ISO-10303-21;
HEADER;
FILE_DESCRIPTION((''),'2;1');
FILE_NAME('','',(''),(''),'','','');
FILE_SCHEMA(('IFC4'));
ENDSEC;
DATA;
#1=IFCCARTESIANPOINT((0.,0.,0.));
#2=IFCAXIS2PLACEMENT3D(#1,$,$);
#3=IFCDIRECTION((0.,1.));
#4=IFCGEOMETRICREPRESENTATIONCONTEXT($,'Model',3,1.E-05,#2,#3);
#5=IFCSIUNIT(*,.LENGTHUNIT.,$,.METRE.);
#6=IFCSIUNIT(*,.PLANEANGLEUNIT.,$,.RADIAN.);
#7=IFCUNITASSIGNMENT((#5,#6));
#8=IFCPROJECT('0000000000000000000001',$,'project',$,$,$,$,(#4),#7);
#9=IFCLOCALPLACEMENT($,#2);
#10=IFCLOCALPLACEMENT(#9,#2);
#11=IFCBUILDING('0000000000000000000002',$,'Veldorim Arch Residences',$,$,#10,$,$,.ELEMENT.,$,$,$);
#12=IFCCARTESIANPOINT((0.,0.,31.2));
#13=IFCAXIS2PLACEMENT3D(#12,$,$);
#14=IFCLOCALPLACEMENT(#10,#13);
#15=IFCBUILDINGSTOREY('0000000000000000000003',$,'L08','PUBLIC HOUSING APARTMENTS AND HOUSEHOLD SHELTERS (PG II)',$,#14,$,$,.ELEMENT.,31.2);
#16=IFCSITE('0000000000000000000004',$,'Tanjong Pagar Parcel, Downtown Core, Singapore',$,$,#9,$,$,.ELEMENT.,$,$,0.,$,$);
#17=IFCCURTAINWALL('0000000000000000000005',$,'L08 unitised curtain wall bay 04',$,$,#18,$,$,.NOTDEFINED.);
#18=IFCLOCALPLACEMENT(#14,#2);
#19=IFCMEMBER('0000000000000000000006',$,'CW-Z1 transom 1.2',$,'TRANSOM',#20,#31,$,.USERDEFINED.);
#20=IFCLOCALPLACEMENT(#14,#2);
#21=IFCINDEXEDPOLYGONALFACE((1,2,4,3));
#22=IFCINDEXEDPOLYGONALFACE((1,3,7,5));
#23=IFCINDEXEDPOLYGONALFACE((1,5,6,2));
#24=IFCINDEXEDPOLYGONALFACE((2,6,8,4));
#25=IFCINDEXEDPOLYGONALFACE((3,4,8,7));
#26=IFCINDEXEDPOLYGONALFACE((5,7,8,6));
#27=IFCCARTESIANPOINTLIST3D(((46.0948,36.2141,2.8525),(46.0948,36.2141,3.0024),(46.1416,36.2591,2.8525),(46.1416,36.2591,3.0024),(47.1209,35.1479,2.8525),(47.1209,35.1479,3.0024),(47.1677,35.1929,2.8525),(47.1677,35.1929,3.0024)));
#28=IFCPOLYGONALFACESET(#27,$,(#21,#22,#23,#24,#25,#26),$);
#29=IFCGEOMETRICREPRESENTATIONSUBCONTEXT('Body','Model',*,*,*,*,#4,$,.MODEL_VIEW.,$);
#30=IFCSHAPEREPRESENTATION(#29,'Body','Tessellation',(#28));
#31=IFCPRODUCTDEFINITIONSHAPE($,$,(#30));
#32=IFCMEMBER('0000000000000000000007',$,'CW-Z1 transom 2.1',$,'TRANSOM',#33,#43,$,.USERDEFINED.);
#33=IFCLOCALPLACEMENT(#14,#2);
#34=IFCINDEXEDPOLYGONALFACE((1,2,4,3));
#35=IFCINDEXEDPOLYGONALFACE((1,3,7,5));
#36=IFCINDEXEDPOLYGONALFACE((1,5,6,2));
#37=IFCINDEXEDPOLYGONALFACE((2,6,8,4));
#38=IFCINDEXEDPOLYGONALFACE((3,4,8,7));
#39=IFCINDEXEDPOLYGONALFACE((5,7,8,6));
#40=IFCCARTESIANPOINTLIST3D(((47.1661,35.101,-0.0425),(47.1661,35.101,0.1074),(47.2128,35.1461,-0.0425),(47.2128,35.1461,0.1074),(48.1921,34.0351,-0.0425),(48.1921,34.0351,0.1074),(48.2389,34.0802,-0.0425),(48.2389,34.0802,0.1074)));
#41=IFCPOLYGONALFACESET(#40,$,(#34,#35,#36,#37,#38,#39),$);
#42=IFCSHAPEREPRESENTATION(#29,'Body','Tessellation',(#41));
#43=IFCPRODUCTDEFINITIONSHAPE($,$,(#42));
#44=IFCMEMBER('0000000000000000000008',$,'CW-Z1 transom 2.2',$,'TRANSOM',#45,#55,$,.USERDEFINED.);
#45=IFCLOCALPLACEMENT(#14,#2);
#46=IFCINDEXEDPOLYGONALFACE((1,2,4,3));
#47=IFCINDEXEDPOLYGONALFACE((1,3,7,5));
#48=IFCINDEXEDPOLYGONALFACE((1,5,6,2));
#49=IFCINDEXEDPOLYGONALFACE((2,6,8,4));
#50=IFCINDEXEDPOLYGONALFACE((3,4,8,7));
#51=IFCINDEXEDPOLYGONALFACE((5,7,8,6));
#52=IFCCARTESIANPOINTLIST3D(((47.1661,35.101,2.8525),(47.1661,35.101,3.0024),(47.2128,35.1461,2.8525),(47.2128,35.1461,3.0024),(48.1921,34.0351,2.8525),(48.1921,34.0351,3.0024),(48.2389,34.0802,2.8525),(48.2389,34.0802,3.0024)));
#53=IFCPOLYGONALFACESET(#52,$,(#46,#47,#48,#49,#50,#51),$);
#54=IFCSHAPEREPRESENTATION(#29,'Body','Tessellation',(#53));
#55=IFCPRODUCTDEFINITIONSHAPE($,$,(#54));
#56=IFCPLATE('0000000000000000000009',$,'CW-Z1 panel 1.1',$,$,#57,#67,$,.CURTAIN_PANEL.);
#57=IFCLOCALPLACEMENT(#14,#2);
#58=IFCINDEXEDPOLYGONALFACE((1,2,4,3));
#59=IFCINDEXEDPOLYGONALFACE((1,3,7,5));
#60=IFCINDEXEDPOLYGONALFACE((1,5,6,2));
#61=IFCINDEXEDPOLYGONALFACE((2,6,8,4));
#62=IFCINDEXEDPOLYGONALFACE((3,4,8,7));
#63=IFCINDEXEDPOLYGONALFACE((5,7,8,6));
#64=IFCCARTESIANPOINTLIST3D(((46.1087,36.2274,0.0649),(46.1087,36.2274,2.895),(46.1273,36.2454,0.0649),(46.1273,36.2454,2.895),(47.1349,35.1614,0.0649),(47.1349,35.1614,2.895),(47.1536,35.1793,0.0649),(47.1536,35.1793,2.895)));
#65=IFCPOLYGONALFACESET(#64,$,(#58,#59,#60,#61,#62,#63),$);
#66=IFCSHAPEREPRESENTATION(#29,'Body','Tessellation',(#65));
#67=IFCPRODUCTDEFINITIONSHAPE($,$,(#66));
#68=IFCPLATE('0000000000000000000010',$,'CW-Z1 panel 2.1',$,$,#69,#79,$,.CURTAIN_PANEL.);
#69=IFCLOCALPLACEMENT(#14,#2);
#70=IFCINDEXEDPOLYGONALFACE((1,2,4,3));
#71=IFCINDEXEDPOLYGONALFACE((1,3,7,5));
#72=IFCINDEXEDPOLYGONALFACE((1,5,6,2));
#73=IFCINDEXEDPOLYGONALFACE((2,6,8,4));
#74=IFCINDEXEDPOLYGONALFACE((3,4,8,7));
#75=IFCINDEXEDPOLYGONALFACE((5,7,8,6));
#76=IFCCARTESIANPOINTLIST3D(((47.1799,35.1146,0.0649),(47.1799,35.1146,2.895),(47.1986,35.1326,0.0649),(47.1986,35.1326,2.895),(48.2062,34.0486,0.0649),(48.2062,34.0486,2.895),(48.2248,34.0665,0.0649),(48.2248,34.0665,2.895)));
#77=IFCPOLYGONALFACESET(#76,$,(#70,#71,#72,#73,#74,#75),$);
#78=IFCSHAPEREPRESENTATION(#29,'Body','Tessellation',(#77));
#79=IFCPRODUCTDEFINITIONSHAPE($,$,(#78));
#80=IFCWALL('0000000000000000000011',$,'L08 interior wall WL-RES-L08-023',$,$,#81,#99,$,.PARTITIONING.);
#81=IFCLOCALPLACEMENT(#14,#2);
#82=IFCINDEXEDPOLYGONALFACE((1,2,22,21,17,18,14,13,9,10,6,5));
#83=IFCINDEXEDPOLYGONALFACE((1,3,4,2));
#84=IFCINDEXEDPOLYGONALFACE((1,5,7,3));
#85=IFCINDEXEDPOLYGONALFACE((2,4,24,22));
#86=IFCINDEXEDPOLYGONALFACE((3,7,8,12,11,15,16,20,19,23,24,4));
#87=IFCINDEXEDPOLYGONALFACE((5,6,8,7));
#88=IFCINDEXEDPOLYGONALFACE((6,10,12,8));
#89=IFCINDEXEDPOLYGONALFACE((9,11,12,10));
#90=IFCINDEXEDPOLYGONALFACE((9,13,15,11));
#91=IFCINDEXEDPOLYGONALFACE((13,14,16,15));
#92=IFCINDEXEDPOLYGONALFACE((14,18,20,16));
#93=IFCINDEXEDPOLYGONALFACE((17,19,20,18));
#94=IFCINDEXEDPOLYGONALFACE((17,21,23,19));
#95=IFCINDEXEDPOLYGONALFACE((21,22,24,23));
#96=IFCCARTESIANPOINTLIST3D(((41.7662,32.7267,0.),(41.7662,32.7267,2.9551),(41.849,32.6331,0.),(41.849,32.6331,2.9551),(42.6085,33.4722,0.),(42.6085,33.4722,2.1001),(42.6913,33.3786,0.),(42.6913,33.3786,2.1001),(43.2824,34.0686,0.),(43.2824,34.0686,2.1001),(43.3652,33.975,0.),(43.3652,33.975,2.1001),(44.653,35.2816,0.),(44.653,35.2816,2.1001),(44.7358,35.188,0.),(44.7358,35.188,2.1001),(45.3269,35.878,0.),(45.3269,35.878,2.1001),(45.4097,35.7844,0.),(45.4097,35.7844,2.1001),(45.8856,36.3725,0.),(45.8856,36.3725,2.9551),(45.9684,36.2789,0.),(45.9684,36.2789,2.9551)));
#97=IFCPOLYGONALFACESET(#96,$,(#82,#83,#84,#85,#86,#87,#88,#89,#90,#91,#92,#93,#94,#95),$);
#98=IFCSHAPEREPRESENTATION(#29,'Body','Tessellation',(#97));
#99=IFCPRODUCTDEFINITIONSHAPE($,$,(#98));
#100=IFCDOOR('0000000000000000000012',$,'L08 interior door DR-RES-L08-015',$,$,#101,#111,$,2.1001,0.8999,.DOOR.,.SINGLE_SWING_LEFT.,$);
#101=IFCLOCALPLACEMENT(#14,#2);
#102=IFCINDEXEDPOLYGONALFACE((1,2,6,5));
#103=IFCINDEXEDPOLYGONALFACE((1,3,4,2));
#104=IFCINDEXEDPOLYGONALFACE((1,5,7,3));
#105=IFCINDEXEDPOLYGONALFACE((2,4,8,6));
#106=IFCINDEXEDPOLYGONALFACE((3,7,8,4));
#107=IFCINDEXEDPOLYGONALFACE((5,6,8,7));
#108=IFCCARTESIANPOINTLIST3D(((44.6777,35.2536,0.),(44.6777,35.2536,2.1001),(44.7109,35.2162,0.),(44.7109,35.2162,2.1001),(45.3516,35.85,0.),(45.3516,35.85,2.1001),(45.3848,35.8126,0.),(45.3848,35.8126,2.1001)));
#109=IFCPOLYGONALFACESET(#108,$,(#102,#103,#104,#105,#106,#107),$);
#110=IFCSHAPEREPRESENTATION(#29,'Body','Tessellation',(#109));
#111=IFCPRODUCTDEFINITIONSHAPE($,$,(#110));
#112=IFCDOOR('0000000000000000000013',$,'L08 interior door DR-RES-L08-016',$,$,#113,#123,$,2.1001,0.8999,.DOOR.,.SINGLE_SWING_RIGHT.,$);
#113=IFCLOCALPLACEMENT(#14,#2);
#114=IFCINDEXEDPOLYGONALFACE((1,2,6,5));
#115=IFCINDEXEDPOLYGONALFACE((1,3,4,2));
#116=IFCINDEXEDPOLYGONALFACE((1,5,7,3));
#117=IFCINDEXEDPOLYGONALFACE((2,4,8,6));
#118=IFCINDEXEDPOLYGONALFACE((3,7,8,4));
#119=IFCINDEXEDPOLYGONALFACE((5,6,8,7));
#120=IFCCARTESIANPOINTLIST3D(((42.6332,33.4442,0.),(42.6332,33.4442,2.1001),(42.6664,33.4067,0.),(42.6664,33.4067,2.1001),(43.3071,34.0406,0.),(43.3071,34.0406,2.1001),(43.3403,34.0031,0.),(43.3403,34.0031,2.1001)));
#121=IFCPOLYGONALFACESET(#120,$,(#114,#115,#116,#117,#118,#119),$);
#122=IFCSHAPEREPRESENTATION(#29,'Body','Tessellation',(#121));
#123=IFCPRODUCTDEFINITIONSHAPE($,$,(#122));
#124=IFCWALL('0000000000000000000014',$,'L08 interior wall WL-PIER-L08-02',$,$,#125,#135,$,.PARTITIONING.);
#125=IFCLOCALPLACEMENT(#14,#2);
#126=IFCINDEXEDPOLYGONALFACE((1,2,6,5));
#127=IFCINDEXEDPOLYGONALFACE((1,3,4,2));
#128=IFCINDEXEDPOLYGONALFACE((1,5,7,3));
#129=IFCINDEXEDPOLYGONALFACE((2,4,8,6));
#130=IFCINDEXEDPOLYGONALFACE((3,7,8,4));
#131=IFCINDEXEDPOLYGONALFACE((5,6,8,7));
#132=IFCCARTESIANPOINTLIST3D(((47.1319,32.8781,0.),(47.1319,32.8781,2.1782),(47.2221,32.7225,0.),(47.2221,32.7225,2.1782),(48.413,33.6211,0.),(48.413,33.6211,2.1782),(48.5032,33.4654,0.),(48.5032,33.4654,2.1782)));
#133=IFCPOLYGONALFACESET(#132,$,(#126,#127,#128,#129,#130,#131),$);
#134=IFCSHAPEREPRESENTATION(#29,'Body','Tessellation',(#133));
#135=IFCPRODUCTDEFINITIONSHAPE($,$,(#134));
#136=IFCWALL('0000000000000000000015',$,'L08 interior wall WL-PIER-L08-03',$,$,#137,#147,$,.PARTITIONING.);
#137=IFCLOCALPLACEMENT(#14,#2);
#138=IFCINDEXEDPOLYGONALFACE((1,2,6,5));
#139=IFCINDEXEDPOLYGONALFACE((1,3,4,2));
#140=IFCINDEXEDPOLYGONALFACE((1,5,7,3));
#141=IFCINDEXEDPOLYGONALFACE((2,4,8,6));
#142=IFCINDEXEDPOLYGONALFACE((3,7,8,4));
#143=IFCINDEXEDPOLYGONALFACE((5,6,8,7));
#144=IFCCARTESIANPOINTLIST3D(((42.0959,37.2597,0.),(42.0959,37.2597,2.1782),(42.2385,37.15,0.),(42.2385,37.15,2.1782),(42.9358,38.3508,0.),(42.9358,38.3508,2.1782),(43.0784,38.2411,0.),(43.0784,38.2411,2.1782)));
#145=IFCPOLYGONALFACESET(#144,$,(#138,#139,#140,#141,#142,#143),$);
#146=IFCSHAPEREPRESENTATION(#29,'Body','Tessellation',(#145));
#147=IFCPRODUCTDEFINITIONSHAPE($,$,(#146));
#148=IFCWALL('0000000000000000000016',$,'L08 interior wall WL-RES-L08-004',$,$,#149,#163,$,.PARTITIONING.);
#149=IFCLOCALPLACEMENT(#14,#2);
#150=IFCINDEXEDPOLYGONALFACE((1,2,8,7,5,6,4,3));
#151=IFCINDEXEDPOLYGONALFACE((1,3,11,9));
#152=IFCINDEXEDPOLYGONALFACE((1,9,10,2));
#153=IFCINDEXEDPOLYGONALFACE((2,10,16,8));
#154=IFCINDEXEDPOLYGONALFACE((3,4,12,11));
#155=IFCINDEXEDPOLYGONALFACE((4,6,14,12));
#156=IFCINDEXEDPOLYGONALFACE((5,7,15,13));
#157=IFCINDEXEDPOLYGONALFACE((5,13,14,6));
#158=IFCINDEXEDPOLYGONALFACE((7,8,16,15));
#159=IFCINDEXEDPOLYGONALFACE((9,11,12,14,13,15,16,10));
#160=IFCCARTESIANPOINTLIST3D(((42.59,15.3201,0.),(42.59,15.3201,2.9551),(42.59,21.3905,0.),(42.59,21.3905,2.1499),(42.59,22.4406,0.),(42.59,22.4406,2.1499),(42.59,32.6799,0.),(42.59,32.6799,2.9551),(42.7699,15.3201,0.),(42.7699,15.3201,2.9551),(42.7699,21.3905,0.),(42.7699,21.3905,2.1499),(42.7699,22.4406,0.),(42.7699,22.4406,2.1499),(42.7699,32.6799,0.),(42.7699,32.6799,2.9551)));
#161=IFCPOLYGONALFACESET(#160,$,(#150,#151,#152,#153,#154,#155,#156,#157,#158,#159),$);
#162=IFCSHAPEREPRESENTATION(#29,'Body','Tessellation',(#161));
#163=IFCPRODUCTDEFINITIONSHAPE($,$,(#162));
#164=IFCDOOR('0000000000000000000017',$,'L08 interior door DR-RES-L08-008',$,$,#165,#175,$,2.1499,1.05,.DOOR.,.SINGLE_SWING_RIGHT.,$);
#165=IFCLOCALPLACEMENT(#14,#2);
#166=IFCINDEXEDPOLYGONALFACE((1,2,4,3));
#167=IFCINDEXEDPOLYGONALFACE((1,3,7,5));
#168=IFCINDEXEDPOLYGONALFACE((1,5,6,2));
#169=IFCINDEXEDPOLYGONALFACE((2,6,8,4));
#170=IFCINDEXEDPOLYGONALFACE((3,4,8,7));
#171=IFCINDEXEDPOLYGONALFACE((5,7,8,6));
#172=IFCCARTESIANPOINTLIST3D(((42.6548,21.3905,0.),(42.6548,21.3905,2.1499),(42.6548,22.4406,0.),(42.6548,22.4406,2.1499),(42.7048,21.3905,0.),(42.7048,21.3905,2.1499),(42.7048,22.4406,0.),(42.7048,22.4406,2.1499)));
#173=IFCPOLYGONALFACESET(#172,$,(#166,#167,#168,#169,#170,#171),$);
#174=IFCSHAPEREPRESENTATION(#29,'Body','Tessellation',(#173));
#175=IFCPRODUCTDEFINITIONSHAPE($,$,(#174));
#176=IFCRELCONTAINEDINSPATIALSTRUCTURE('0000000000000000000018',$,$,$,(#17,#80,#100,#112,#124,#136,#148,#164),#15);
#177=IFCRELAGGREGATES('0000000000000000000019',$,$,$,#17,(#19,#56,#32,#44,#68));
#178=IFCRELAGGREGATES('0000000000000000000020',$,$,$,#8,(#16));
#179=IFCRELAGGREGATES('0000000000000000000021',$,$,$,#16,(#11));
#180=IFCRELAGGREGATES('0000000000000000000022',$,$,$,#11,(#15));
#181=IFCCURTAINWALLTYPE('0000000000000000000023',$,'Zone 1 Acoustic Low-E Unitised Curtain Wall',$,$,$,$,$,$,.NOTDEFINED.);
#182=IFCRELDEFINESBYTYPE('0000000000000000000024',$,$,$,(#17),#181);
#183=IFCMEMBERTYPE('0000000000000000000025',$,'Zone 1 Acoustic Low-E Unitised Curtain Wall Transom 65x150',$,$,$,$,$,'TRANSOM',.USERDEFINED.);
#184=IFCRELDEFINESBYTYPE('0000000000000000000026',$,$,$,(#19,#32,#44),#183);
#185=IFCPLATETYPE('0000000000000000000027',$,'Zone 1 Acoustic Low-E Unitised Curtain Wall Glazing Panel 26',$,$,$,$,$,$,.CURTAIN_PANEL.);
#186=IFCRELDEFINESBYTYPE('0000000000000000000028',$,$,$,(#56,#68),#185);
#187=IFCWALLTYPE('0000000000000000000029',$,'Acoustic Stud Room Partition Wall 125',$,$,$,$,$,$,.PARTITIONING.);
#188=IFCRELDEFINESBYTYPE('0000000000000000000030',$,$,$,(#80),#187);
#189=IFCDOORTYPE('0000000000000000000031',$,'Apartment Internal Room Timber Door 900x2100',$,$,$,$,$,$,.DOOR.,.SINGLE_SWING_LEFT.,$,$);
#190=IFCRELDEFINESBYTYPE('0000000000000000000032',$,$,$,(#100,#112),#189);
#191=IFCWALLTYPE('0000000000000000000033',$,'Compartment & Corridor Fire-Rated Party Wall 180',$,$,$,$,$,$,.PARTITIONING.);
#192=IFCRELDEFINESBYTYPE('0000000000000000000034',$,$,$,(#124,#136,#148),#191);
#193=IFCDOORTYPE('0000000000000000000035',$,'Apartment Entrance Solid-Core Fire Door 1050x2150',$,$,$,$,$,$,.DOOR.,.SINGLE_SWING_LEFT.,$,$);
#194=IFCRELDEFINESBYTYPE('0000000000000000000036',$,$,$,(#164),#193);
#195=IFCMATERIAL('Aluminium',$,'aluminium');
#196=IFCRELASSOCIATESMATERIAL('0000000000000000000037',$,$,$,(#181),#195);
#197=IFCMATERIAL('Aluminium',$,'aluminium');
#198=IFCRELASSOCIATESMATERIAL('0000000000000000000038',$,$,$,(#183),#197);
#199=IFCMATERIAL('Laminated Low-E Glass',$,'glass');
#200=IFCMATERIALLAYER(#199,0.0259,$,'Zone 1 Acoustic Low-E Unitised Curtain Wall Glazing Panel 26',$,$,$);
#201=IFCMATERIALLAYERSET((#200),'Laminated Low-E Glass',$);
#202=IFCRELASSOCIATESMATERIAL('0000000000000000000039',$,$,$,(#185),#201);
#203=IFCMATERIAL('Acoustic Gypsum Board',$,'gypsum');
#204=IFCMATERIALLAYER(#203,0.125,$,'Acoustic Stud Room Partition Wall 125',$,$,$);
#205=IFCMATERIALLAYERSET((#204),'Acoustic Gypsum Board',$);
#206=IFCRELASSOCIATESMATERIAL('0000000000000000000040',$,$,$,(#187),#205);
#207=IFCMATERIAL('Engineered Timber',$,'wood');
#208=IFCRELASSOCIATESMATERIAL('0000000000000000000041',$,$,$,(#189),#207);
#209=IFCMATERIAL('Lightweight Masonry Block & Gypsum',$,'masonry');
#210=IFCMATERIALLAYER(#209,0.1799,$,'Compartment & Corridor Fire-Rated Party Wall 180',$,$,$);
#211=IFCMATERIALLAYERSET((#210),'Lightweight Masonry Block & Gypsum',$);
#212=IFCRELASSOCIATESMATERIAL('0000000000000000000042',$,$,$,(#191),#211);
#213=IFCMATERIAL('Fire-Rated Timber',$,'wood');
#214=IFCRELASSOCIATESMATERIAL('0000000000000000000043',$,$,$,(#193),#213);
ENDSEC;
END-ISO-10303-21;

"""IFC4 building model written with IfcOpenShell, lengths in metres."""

from ifc_helpers import new_model, si_unit, direction, frame, frame_2d, origin, origin_2d, place, context, subcontext, project, spatial, rectangle, extrude, material, layer, layer_set, material_profile, profile_set, type_object, element, fill, aggregate, save


model = new_model("IFC4")

# Units and contexts
model_context = context("Model", 3, precision=1e-05, world=origin(), true_north=direction((0.0, 1.0)))
body_context = subcontext(model_context, "Body", "Model", "MODEL_VIEW")
ifc_project = project(units=[si_unit("LENGTHUNIT", "METRE"), si_unit("PLANEANGLEUNIT", "RADIAN")], contexts=[model_context])

# Site, building, storey
site_placement = place(None, origin())
site = spatial("IfcSite", under=ifc_project, at=site_placement, Name="Tanjong Pagar Parcel, Downtown Core, Singapore", CompositionType="ELEMENT", RefElevation=0.0)
building_placement = place(site_placement, origin())
building = spatial("IfcBuilding", under=site, at=building_placement, Name="Veldorim Arch Residences", CompositionType="ELEMENT")
storey_placement = place(building_placement, frame((0.0, 0.0, 31.2)))
storey = spatial("IfcBuildingStorey", under=building, at=storey_placement, Name="L08", Description="PUBLIC HOUSING APARTMENTS AND HOUSEHOLD SHELTERS (PG II)", CompositionType="ELEMENT", Elevation=31.2)

# Curtain wall, members, plates
ifc_material_1 = material(Name="Aluminium", Category="aluminium")
curtain_wall_type = type_object("IfcCurtainWallType", Name="Zone 1 Acoustic Low-E Unitised Curtain Wall", PredefinedType="NOTDEFINED", material=ifc_material_1)
curtain_wall_placement = place(storey_placement, origin())
curtain_wall = element("IfcCurtainWall", 1, at=curtain_wall_placement, inside=storey, type_object=curtain_wall_type, Name="L08 unitised curtain wall bay 04", PredefinedType="NOTDEFINED")
ifc_material_2 = material(Name="Aluminium", Category="aluminium")
ifc_material_profile_1 = material_profile(ifc_material_2, rectangle(XDim=0.0649, YDim=0.1499, at=origin_2d()), Name="ALU_TRN_65x150")
ifc_profile_set_1 = profile_set([ifc_material_profile_1], Name="Aluminium")
member_type_1 = type_object("IfcMemberType", Name="Zone 1 Acoustic Low-E Unitised Curtain Wall Transom 65x150", ElementType="TRANSOM", PredefinedType="USERDEFINED", material=ifc_profile_set_1)
member_1_placement = place(storey_placement, frame((46.1182, 36.2366, 2.9275), z_axis=(0.693448, -0.720506, 0.0), x_axis=(0.720506, 0.693448, 0.0)))
member_1 = element("IfcMember", 2, at=member_1_placement, type_object=member_type_1, Name="CW-Z1 transom 1.2", ObjectType="TRANSOM", PredefinedType="USERDEFINED", context=body_context, shape_type="SweptSolid", body=[
    extrude(rectangle(XDim=0.0649, YDim=0.1499, at=origin_2d()), origin(), (0.0, 0.0, 1.0), 1.4797),
])
member_2_placement = place(storey_placement, frame((47.1895, 35.1235, 0.0325), z_axis=(0.693531, -0.720427, 0.0), x_axis=(0.720427, 0.693531, 0.0)))
member_2 = element("IfcMember", 3, at=member_2_placement, type_object=member_type_1, Name="CW-Z1 transom 2.1", ObjectType="TRANSOM", PredefinedType="USERDEFINED", context=body_context, shape_type="SweptSolid", body=[
    extrude(rectangle(XDim=0.0649, YDim=0.1499, at=origin_2d()), origin(), (0.0, 0.0, 1.0), 1.4795),
])
member_3_placement = place(storey_placement, frame((47.1895, 35.1235, 2.9275), z_axis=(0.693531, -0.720427, 0.0), x_axis=(0.720427, 0.693531, 0.0)))
member_3 = element("IfcMember", 4, at=member_3_placement, type_object=member_type_1, Name="CW-Z1 transom 2.2", ObjectType="TRANSOM", PredefinedType="USERDEFINED", context=body_context, shape_type="SweptSolid", body=[
    extrude(rectangle(XDim=0.0649, YDim=0.1499, at=origin_2d()), origin(), (0.0, 0.0, 1.0), 1.4795),
])
ifc_material_3 = material(Name="Laminated Low-E Glass", Category="glass")
ifc_layer_1 = layer(ifc_material_3, 0.0259, Name="Zone 1 Acoustic Low-E Unitised Curtain Wall Glazing Panel 26")
ifc_layer_set_1 = layer_set([ifc_layer_1], Name="Laminated Low-E Glass")
plate_type = type_object("IfcPlateType", Name="Zone 1 Acoustic Low-E Unitised Curtain Wall Glazing Panel 26", PredefinedType="CURTAIN_PANEL", material=ifc_layer_set_1)
plate_1_placement = place(storey_placement, frame((46.6311, 35.7034, 0.0649), z_axis=(0.0, 0.0, 1.0), x_axis=(0.693538, -0.720421, 0.0)))
plate_1 = element("IfcPlate", 5, at=plate_1_placement, type_object=plate_type, Name="CW-Z1 panel 1.1", PredefinedType="CURTAIN_PANEL", context=body_context, shape_type="SweptSolid", body=[
    extrude(rectangle(XDim=1.4797, YDim=0.0259, at=origin_2d()), origin(), (0.0, 0.0, 1.0), 2.8301),
])
plate_2_placement = place(storey_placement, frame((47.7024, 34.5906, 0.0649), z_axis=(0.0, 0.0, 1.0), x_axis=(0.693538, -0.720421, 0.0)))
plate_2 = element("IfcPlate", 6, at=plate_2_placement, type_object=plate_type, Name="CW-Z1 panel 2.1", PredefinedType="CURTAIN_PANEL", context=body_context, shape_type="SweptSolid", body=[
    extrude(rectangle(XDim=1.4797, YDim=0.0259, at=origin_2d()), origin(), (0.0, 0.0, 1.0), 2.8301),
])
aggregate(curtain_wall, [member_1, plate_1, member_2, member_3, plate_2])

# Wall, openings, doors
ifc_material_4 = material(Name="Acoustic Gypsum Board", Category="gypsum")
ifc_layer_2 = layer(ifc_material_4, 0.125, Name="Acoustic Stud Room Partition Wall 125")
ifc_layer_set_2 = layer_set([ifc_layer_2], Name="Acoustic Gypsum Board")
wall_type_1 = type_object("IfcWallType", Name="Acoustic Stud Room Partition Wall 125", PredefinedType="PARTITIONING", material=ifc_layer_set_2)
wall_1_placement = place(storey_placement, frame((45.927, 36.3257, 0.0), z_axis=(0.0, 0.0, 1.0), x_axis=(-0.748845, -0.662745, 0.0)))
wall_1 = element("IfcWall", 7, at=wall_1_placement, inside=storey, type_object=wall_type_1, Name="L08 interior wall WL-RES-L08-023", PredefinedType="PARTITIONING", context=body_context, shape_type="SweptSolid", body=[
    extrude(rectangle(XDim=5.501, YDim=0.125, at=frame_2d((2.7505, 0.0))), origin(), (0.0, 0.0, 1.0), 2.9551),
])
opening_1_placement = place(wall_1_placement, frame((0.7461, 0.0, 0.0)))
opening_1 = element("IfcOpeningElement", 8, at=opening_1_placement, cuts=wall_1, PredefinedType="OPENING", context=body_context, shape_type="SweptSolid", body=[
    extrude(rectangle(XDim=0.8999, YDim=2.1001, at=frame_2d((0.45, 1.05))), frame((0.0, 0.0725, 0.0), z_axis=(0.0, -1.0, 0.0), x_axis=(1.0, 0.0, 0.0)), (0.0, 0.0, 1.0), 0.145),
])
opening_2_placement = place(wall_1_placement, frame((3.4763, 0.0, 0.0)))
opening_2 = element("IfcOpeningElement", 9, at=opening_2_placement, cuts=wall_1, PredefinedType="OPENING", context=body_context, shape_type="SweptSolid", body=[
    extrude(rectangle(XDim=0.8999, YDim=2.1001, at=frame_2d((0.45, 1.05))), frame((0.0, 0.0725, 0.0), z_axis=(0.0, -1.0, 0.0), x_axis=(1.0, 0.0, 0.0)), (0.0, 0.0, 1.0), 0.145),
])
ifc_material_5 = material(Name="Engineered Timber", Category="wood")
door_type_1 = type_object("IfcDoorType", Name="Apartment Internal Room Timber Door 900x2100", OperationType="SINGLE_SWING_LEFT", PredefinedType="DOOR", material=ifc_material_5)
door_1_placement = place(opening_1_placement, origin())
door_1 = element("IfcDoor", 10, at=door_1_placement, inside=storey, type_object=door_type_1, Name="L08 interior door DR-RES-L08-015", OperationType="SINGLE_SWING_LEFT", OverallHeight=2.1001, OverallWidth=0.8999, PredefinedType="DOOR", context=body_context, shape_type="SweptSolid", body=[
    extrude(rectangle(XDim=0.8999, YDim=2.1001, at=frame_2d((0.45, 1.05))), frame((0.0, 0.0249, 0.0), z_axis=(0.0, -1.0, 0.0), x_axis=(1.0, 0.0, 0.0)), (0.0, 0.0, 1.0), 0.05),
])
fill(opening_1, door_1)
door_2_placement = place(opening_2_placement, origin())
door_2 = element("IfcDoor", 11, at=door_2_placement, inside=storey, type_object=door_type_1, Name="L08 interior door DR-RES-L08-016", OperationType="SINGLE_SWING_RIGHT", OverallHeight=2.1001, OverallWidth=0.8999, PredefinedType="DOOR", context=body_context, shape_type="SweptSolid", body=[
    extrude(rectangle(XDim=0.8999, YDim=2.1001, at=frame_2d((0.45, 1.05))), frame((0.0, 0.0249, 0.0), z_axis=(0.0, -1.0, 0.0), x_axis=(1.0, 0.0, 0.0)), (0.0, 0.0, 1.0), 0.05),
])
fill(opening_2, door_2)

# Walls
ifc_material_6 = material(Name="Lightweight Masonry Block & Gypsum", Category="masonry")
ifc_layer_3 = layer(ifc_material_6, 0.1799, Name="Compartment & Corridor Fire-Rated Party Wall 180")
ifc_layer_set_3 = layer_set([ifc_layer_3], Name="Lightweight Masonry Block & Gypsum")
wall_type_2 = type_object("IfcWallType", Name="Compartment & Corridor Fire-Rated Party Wall 180", PredefinedType="PARTITIONING", material=ifc_layer_set_3)
wall_2_placement = place(storey_placement, frame((47.177, 32.8003, 0.0), z_axis=(0.0, 0.0, 1.0), x_axis=(0.86505, 0.501686, 0.0)))
element("IfcWall", 12, at=wall_2_placement, inside=storey, type_object=wall_type_2, Name="L08 interior wall WL-PIER-L08-02", PredefinedType="PARTITIONING", context=body_context, shape_type="SweptSolid", body=[
    extrude(rectangle(XDim=1.481, YDim=0.1799, at=frame_2d((0.7405, 0.0))), origin(), (0.0, 0.0, 1.0), 2.1782),
])
wall_3_placement = place(storey_placement, frame((42.1672, 37.2048, 0.0), z_axis=(0.0, 0.0, 1.0), x_axis=(0.609968, 0.792426, 0.0)))
element("IfcWall", 13, at=wall_3_placement, inside=storey, type_object=wall_type_2, Name="L08 interior wall WL-PIER-L08-03", PredefinedType="PARTITIONING", context=body_context, shape_type="SweptSolid", body=[
    extrude(rectangle(XDim=1.377, YDim=0.1799, at=frame_2d((0.6885, 0.0))), origin(), (0.0, 0.0, 1.0), 2.1782),
])

# Wall, opening, door
wall_4_placement = place(storey_placement, frame((42.6799, 32.6799, 0.0), z_axis=(0.0, 0.0, 1.0), x_axis=(0.0, -1.0, 0.0)))
wall_4 = element("IfcWall", 14, at=wall_4_placement, inside=storey, type_object=wall_type_2, Name="L08 interior wall WL-RES-L08-004", PredefinedType="PARTITIONING", context=body_context, shape_type="SweptSolid", body=[
    extrude(rectangle(XDim=17.3599, YDim=0.1799, at=frame_2d((8.6799, 0.0))), origin(), (0.0, 0.0, 1.0), 2.9551),
])
opening_3_placement = place(wall_4_placement, frame((10.2395, 0.0, 0.0)))
opening_3 = element("IfcOpeningElement", 15, at=opening_3_placement, cuts=wall_4, PredefinedType="OPENING", context=body_context, shape_type="SweptSolid", body=[
    extrude(rectangle(XDim=1.05, YDim=2.1499, at=frame_2d((0.5249, 1.075))), frame((0.0, 0.0999, 0.0), z_axis=(0.0, -1.0, 0.0), x_axis=(1.0, 0.0, 0.0)), (0.0, 0.0, 1.0), 0.2),
])
ifc_material_7 = material(Name="Fire-Rated Timber", Category="wood")
door_type_2 = type_object("IfcDoorType", Name="Apartment Entrance Solid-Core Fire Door 1050x2150", OperationType="SINGLE_SWING_LEFT", PredefinedType="DOOR", material=ifc_material_7)
door_3_placement = place(opening_3_placement, origin())
door_3 = element("IfcDoor", 16, at=door_3_placement, inside=storey, type_object=door_type_2, Name="L08 interior door DR-RES-L08-008", OperationType="SINGLE_SWING_RIGHT", OverallHeight=2.1499, OverallWidth=1.05, PredefinedType="DOOR", context=body_context, shape_type="SweptSolid", body=[
    extrude(rectangle(XDim=1.05, YDim=2.1499, at=frame_2d((0.5249, 1.075))), frame((0.0, 0.0249, 0.0), z_axis=(0.0, -1.0, 0.0), x_axis=(1.0, 0.0, 0.0)), (0.0, 0.0, 1.0), 0.05),
])
fill(opening_3, door_3)

save(model, "model.ifc")
